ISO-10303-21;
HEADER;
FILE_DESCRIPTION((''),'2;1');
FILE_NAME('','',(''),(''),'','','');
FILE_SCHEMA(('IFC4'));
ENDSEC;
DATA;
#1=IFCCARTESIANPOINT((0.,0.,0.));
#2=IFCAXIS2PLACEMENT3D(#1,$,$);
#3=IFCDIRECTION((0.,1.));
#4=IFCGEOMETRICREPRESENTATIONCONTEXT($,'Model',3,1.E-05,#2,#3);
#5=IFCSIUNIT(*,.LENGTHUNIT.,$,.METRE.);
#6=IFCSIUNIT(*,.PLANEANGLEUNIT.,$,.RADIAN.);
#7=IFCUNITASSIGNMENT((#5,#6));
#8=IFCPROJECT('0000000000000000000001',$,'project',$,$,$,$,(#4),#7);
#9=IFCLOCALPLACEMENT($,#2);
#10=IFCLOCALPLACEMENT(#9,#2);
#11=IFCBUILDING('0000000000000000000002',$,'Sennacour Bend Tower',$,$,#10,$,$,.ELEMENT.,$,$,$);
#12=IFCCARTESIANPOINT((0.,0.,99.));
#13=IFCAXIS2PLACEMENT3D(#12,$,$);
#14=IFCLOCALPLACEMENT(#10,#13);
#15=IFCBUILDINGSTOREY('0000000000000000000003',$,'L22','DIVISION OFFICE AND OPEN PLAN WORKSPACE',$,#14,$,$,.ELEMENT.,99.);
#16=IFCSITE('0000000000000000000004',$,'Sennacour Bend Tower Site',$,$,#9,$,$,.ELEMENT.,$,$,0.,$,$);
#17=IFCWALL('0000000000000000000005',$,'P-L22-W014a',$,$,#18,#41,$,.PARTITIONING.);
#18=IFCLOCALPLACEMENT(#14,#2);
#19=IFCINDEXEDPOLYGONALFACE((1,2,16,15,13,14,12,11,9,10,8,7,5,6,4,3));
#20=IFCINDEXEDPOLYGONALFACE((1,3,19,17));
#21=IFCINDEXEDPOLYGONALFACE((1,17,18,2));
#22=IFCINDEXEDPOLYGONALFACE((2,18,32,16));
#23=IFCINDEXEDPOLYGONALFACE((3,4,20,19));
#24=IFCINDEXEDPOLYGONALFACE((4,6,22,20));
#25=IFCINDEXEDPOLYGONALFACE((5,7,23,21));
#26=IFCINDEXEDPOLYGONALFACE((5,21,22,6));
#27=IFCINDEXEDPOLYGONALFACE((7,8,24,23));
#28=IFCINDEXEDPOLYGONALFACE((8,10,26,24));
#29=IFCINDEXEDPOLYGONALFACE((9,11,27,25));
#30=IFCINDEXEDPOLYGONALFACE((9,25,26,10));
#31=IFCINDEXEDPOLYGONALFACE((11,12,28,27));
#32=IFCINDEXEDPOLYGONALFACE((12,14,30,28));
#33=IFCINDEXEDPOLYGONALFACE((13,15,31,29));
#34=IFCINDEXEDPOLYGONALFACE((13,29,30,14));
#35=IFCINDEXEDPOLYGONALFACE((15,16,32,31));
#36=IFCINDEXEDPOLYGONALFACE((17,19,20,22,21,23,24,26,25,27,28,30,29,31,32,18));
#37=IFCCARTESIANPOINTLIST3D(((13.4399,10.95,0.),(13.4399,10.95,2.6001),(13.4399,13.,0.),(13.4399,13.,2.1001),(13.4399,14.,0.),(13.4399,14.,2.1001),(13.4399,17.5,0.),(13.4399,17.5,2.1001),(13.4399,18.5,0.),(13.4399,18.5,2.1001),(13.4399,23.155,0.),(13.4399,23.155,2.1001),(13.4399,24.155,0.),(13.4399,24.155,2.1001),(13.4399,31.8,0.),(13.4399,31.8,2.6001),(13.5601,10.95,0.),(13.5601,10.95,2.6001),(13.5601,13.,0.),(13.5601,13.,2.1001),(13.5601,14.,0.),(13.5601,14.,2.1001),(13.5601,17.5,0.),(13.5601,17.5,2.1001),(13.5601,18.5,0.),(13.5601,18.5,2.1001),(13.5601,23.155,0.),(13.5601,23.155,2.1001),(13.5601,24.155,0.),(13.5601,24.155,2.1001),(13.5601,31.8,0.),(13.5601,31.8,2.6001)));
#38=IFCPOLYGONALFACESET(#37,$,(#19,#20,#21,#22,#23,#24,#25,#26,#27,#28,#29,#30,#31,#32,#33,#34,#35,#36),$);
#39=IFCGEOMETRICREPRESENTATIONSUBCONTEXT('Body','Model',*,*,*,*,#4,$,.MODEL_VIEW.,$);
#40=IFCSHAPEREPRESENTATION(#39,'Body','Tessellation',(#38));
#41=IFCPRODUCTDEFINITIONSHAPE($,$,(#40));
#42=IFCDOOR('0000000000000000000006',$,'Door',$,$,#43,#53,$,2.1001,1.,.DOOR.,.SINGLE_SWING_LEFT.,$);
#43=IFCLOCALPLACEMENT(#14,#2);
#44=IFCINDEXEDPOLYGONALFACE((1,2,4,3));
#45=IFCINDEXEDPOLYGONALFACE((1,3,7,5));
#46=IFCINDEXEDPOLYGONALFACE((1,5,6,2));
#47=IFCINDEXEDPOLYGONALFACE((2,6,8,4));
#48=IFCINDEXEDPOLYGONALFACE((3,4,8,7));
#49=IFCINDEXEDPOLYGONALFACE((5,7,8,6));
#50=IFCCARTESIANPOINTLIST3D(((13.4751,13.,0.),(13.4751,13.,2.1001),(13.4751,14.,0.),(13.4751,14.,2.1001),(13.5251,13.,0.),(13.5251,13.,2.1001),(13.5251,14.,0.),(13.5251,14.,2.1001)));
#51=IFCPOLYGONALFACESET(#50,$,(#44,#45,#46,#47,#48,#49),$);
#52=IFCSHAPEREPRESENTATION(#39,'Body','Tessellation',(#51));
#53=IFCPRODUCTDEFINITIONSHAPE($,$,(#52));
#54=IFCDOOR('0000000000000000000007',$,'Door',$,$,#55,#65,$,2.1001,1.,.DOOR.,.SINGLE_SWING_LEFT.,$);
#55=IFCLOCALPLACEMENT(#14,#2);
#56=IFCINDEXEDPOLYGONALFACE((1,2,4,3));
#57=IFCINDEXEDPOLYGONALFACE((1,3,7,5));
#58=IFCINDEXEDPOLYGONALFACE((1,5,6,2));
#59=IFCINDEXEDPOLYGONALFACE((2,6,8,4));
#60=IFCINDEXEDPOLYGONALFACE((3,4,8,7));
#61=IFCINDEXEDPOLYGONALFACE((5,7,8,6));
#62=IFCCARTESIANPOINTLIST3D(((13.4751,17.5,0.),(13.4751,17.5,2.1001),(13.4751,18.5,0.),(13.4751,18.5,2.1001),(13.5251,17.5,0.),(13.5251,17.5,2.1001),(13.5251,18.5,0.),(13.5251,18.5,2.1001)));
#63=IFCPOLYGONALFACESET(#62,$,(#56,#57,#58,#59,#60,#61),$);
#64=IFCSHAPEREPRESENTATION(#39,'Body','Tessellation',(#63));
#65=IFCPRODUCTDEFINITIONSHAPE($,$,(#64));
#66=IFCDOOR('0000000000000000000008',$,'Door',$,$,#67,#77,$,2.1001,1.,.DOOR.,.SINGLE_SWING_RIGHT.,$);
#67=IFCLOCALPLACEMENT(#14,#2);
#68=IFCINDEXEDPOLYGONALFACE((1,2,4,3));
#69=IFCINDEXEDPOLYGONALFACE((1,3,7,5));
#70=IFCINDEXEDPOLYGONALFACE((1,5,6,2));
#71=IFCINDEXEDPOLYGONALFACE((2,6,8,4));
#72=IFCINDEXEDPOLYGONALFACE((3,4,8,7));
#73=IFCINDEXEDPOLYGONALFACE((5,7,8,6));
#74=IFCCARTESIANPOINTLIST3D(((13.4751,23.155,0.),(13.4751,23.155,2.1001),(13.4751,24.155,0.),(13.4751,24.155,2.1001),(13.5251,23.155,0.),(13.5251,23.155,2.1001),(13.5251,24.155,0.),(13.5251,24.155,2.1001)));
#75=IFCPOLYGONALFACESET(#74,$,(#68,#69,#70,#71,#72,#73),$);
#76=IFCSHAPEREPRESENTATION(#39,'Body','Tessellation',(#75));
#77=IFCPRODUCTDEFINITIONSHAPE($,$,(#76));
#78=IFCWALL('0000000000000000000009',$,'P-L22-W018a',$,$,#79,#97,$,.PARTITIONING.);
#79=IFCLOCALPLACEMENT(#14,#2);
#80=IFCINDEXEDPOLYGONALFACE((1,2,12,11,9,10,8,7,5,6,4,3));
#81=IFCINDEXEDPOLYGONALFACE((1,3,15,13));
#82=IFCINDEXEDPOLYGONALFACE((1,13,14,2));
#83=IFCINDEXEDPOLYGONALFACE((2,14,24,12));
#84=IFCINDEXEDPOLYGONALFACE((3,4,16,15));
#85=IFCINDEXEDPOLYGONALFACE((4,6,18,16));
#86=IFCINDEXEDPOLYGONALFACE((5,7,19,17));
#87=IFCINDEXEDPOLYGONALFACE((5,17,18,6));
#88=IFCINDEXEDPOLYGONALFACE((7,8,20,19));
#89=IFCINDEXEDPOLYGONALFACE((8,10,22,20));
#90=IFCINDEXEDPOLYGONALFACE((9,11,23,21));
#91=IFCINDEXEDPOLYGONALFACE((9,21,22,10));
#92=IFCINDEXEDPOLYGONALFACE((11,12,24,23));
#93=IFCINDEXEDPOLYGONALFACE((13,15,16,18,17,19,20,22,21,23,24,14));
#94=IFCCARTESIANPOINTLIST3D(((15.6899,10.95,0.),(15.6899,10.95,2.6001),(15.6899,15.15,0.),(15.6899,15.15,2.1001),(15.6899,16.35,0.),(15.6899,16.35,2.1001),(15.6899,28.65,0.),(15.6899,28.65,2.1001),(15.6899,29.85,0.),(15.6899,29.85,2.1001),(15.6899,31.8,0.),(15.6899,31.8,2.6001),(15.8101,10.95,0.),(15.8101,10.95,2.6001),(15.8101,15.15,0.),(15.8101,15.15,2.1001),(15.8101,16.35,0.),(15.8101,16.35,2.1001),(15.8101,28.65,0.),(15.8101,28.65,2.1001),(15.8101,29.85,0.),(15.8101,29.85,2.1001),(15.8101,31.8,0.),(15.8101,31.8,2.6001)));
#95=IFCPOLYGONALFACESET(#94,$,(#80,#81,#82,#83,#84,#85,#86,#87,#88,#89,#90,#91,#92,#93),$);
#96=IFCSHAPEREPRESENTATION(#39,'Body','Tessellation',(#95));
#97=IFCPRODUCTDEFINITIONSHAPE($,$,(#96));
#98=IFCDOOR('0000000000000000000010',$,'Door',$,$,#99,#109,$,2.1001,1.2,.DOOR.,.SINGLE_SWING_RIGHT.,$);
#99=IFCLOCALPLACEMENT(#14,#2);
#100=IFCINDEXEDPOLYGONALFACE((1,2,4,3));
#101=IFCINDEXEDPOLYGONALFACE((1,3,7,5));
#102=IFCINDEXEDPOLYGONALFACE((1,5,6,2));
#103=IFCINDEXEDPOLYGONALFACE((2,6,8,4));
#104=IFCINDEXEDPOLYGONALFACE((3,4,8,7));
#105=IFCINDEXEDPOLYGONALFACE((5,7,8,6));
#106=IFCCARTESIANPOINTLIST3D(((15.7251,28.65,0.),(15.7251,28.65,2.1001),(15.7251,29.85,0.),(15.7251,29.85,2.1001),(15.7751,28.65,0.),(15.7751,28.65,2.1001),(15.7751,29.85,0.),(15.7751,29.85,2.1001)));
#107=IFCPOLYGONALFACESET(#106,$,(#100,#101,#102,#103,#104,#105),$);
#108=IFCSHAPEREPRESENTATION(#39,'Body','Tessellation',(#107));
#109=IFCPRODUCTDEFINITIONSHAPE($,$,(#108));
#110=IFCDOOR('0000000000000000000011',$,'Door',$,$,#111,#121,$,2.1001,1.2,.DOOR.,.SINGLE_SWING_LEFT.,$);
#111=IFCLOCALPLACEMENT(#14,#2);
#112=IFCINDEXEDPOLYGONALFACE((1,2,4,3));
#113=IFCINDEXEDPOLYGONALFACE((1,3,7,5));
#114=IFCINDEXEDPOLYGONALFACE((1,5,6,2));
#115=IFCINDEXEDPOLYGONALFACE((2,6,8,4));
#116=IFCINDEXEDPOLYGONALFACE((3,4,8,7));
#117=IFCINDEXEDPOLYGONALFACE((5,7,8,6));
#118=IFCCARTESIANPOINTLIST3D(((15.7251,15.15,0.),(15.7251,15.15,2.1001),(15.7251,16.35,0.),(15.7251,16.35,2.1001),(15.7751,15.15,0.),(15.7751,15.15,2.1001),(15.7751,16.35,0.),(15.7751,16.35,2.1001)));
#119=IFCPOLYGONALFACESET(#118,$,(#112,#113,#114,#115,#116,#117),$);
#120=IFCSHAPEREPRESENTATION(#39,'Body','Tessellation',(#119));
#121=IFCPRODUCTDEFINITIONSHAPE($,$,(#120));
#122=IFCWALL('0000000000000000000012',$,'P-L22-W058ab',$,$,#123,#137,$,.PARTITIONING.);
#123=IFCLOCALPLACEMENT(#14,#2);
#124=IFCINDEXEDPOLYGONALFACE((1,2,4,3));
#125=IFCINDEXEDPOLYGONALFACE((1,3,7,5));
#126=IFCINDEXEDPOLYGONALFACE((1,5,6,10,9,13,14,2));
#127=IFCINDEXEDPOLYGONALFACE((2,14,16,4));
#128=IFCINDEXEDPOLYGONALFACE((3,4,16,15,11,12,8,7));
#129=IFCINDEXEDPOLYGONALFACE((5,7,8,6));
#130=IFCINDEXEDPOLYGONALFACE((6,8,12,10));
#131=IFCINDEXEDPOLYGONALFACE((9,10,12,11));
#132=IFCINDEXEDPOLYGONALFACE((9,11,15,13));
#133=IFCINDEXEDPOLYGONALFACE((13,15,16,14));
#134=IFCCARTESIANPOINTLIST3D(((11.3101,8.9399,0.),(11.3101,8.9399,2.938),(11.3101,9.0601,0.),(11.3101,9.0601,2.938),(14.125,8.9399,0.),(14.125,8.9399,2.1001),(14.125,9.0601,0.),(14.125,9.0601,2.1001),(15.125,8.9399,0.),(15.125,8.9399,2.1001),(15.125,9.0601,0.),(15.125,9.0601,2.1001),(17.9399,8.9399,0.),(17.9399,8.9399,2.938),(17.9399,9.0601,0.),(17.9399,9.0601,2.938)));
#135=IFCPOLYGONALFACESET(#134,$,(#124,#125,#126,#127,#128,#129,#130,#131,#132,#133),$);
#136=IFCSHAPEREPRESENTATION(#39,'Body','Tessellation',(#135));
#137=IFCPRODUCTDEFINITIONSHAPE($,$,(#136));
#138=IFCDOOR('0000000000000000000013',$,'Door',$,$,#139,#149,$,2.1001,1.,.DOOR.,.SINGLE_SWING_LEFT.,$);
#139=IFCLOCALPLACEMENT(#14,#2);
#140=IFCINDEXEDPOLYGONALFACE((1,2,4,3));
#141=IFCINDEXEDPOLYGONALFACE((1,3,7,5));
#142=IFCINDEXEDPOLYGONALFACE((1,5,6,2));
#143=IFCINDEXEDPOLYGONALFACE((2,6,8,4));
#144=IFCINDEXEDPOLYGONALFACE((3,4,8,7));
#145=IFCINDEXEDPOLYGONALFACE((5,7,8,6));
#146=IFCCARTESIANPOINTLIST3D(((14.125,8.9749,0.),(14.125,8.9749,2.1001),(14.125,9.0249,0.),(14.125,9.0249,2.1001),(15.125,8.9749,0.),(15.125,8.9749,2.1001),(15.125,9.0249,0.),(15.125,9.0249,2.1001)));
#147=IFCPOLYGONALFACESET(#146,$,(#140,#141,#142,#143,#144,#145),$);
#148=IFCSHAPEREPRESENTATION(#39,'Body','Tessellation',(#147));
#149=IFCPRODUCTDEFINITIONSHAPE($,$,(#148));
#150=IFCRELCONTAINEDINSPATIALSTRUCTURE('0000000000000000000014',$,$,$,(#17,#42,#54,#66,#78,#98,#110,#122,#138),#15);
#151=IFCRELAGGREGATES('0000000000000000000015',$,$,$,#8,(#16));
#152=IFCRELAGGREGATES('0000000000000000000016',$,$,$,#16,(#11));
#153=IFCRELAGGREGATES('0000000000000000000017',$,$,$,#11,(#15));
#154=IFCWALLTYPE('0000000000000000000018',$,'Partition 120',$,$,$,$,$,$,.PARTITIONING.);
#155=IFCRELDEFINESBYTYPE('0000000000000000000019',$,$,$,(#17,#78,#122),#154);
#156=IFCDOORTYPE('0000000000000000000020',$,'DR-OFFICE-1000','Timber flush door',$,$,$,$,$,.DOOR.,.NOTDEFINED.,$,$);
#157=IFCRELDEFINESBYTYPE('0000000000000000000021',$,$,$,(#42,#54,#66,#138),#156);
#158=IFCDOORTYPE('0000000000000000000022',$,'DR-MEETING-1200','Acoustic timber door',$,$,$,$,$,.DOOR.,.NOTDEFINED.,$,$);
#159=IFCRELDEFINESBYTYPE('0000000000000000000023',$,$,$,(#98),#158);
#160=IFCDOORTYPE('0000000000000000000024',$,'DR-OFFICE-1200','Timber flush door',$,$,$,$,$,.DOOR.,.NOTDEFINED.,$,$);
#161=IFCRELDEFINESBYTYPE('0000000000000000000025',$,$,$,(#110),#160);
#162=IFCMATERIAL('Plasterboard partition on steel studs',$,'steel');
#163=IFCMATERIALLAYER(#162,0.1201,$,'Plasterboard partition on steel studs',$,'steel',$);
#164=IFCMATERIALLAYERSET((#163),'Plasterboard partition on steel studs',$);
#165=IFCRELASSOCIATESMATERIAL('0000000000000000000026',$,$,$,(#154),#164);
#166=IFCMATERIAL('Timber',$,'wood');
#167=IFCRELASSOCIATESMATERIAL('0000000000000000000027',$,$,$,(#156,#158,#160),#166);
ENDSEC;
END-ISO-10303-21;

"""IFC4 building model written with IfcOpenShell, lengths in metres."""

from ifc_helpers import new_model, si_unit, direction, frame, frame_2d, origin, place, context, subcontext, project, spatial, rectangle, extrude, material, layer, layer_set, type_object, element, fill, save


model = new_model("IFC4")

# Units and contexts
model_context = context("Model", 3, precision=1e-05, world=origin(), true_north=direction((0.0, 1.0)))
body_context = subcontext(model_context, "Body", "Model", "MODEL_VIEW")
ifc_project = project(units=[si_unit("LENGTHUNIT", "METRE"), si_unit("PLANEANGLEUNIT", "RADIAN")], contexts=[model_context])

# Site, building, storey
site_placement = place(None, origin())
site = spatial("IfcSite", under=ifc_project, at=site_placement, Name="Sennacour Bend Tower Site", CompositionType="ELEMENT", RefElevation=0.0)
building_placement = place(site_placement, origin())
building = spatial("IfcBuilding", under=site, at=building_placement, Name="Sennacour Bend Tower", CompositionType="ELEMENT")
storey_placement = place(building_placement, frame((0.0, 0.0, 99.0)))
storey = spatial("IfcBuildingStorey", under=building, at=storey_placement, Name="L22", Description="DIVISION OFFICE AND OPEN PLAN WORKSPACE", CompositionType="ELEMENT", Elevation=99.0)

# Walls, openings, doors
ifc_material_1 = material(Name="Plasterboard partition on steel studs", Category="steel")
ifc_layer_1 = layer(ifc_material_1, 0.1201, Name="Plasterboard partition on steel studs", Category="steel")
ifc_layer_set_1 = layer_set([ifc_layer_1], Name="Plasterboard partition on steel studs")
wall_type_1 = type_object("IfcWallType", Name="Partition 120", PredefinedType="PARTITIONING", material=ifc_layer_set_1)
wall_1_placement = place(storey_placement, frame((13.5, 10.95, 0.0), z_axis=(0.0, 0.0, 1.0), x_axis=(0.0, 1.0, 0.0)))
wall_1 = element("IfcWall", 1, at=wall_1_placement, inside=storey, type_object=wall_type_1, Name="P-L22-W014a", PredefinedType="PARTITIONING", context=body_context, shape_type="SweptSolid", body=[
    extrude(rectangle(XDim=20.8501, YDim=0.1201, at=frame_2d((10.425, 0.0))), origin(), (0.0, 0.0, 1.0), 2.6001),
])
opening_1_placement = place(wall_1_placement, frame((2.05, 0.0, 0.0)))
opening_1 = element("IfcOpeningElement", 2, at=opening_1_placement, cuts=wall_1, PredefinedType="OPENING", context=body_context, shape_type="SweptSolid", body=[
    extrude(rectangle(XDim=1.0, YDim=2.1001, at=frame_2d((0.5, 1.05))), frame((0.0, 0.0701, 0.0), z_axis=(0.0, -1.0, 0.0), x_axis=(1.0, 0.0, 0.0)), (0.0, 0.0, 1.0), 0.1401),
])
opening_2_placement = place(wall_1_placement, frame((6.55, 0.0, 0.0)))
opening_2 = element("IfcOpeningElement", 3, at=opening_2_placement, cuts=wall_1, PredefinedType="OPENING", context=body_context, shape_type="SweptSolid", body=[
    extrude(rectangle(XDim=1.0, YDim=2.1001, at=frame_2d((0.5, 1.05))), frame((0.0, 0.0701, 0.0), z_axis=(0.0, -1.0, 0.0), x_axis=(1.0, 0.0, 0.0)), (0.0, 0.0, 1.0), 0.1401),
])
opening_3_placement = place(wall_1_placement, frame((12.2051, 0.0, 0.0)))
opening_3 = element("IfcOpeningElement", 4, at=opening_3_placement, cuts=wall_1, PredefinedType="OPENING", context=body_context, shape_type="SweptSolid", body=[
    extrude(rectangle(XDim=1.0, YDim=2.1001, at=frame_2d((0.5, 1.05))), frame((0.0, 0.0701, 0.0), z_axis=(0.0, -1.0, 0.0), x_axis=(1.0, 0.0, 0.0)), (0.0, 0.0, 1.0), 0.1401),
])
ifc_material_2 = material(Name="Timber", Category="wood")
door_type_1 = type_object("IfcDoorType", Name="DR-OFFICE-1000", Description="Timber flush door", OperationType="NOTDEFINED", PredefinedType="DOOR", material=ifc_material_2)
door_1_placement = place(opening_1_placement, origin())
door_1 = element("IfcDoor", 5, at=door_1_placement, inside=storey, type_object=door_type_1, Name="Door", OperationType="SINGLE_SWING_LEFT", OverallHeight=2.1001, OverallWidth=1.0, PredefinedType="DOOR", context=body_context, shape_type="SweptSolid", body=[
    extrude(rectangle(XDim=1.0, YDim=2.1001, at=frame_2d((0.5, 1.05))), frame((0.0, 0.0249, 0.0), z_axis=(0.0, -1.0, 0.0), x_axis=(1.0, 0.0, 0.0)), (0.0, 0.0, 1.0), 0.05),
])
fill(opening_1, door_1)
door_2_placement = place(opening_2_placement, origin())
door_2 = element("IfcDoor", 6, at=door_2_placement, inside=storey, type_object=door_type_1, Name="Door", OperationType="SINGLE_SWING_LEFT", OverallHeight=2.1001, OverallWidth=1.0, PredefinedType="DOOR", context=body_context, shape_type="SweptSolid", body=[
    extrude(rectangle(XDim=1.0, YDim=2.1001, at=frame_2d((0.5, 1.05))), frame((0.0, 0.0249, 0.0), z_axis=(0.0, -1.0, 0.0), x_axis=(1.0, 0.0, 0.0)), (0.0, 0.0, 1.0), 0.05),
])
fill(opening_2, door_2)
door_3_placement = place(opening_3_placement, origin())
door_3 = element("IfcDoor", 7, at=door_3_placement, inside=storey, type_object=door_type_1, Name="Door", OperationType="SINGLE_SWING_RIGHT", OverallHeight=2.1001, OverallWidth=1.0, PredefinedType="DOOR", context=body_context, shape_type="SweptSolid", body=[
    extrude(rectangle(XDim=1.0, YDim=2.1001, at=frame_2d((0.5, 1.05))), frame((0.0, 0.0249, 0.0), z_axis=(0.0, -1.0, 0.0), x_axis=(1.0, 0.0, 0.0)), (0.0, 0.0, 1.0), 0.05),
])
fill(opening_3, door_3)
wall_2_placement = place(storey_placement, frame((15.75, 10.95, 0.0), z_axis=(0.0, 0.0, 1.0), x_axis=(0.0, 1.0, 0.0)))
wall_2 = element("IfcWall", 8, at=wall_2_placement, inside=storey, type_object=wall_type_1, Name="P-L22-W018a", PredefinedType="PARTITIONING", context=body_context, shape_type="SweptSolid", body=[
    extrude(rectangle(XDim=20.8501, YDim=0.1201, at=frame_2d((10.425, 0.0))), origin(), (0.0, 0.0, 1.0), 2.6001),
])
opening_4_placement = place(wall_2_placement, frame((17.7, 0.0, 0.0)))
opening_4 = element("IfcOpeningElement", 9, at=opening_4_placement, cuts=wall_2, PredefinedType="OPENING", context=body_context, shape_type="SweptSolid", body=[
    extrude(rectangle(XDim=1.2, YDim=2.1001, at=frame_2d((0.6001, 1.05))), frame((0.0, 0.0701, 0.0), z_axis=(0.0, -1.0, 0.0), x_axis=(1.0, 0.0, 0.0)), (0.0, 0.0, 1.0), 0.1401),
])
opening_5_placement = place(wall_2_placement, frame((4.2, 0.0, 0.0)))
opening_5 = element("IfcOpeningElement", 10, at=opening_5_placement, cuts=wall_2, PredefinedType="OPENING", context=body_context, shape_type="SweptSolid", body=[
    extrude(rectangle(XDim=1.2, YDim=2.1001, at=frame_2d((0.6001, 1.05))), frame((0.0, 0.0701, 0.0), z_axis=(0.0, -1.0, 0.0), x_axis=(1.0, 0.0, 0.0)), (0.0, 0.0, 1.0), 0.1401),
])
door_type_2 = type_object("IfcDoorType", Name="DR-MEETING-1200", Description="Acoustic timber door", OperationType="NOTDEFINED", PredefinedType="DOOR", material=ifc_material_2)
door_4_placement = place(opening_4_placement, origin())
door_4 = element("IfcDoor", 11, at=door_4_placement, inside=storey, type_object=door_type_2, Name="Door", OperationType="SINGLE_SWING_RIGHT", OverallHeight=2.1001, OverallWidth=1.2, PredefinedType="DOOR", context=body_context, shape_type="SweptSolid", body=[
    extrude(rectangle(XDim=1.2, YDim=2.1001, at=frame_2d((0.6001, 1.05))), frame((0.0, 0.0249, 0.0), z_axis=(0.0, -1.0, 0.0), x_axis=(1.0, 0.0, 0.0)), (0.0, 0.0, 1.0), 0.05),
])
fill(opening_4, door_4)
door_type_3 = type_object("IfcDoorType", Name="DR-OFFICE-1200", Description="Timber flush door", OperationType="NOTDEFINED", PredefinedType="DOOR", material=ifc_material_2)
door_5_placement = place(opening_5_placement, origin())
door_5 = element("IfcDoor", 12, at=door_5_placement, inside=storey, type_object=door_type_3, Name="Door", OperationType="SINGLE_SWING_LEFT", OverallHeight=2.1001, OverallWidth=1.2, PredefinedType="DOOR", context=body_context, shape_type="SweptSolid", body=[
    extrude(rectangle(XDim=1.2, YDim=2.1001, at=frame_2d((0.6001, 1.05))), frame((0.0, 0.0249, 0.0), z_axis=(0.0, -1.0, 0.0), x_axis=(1.0, 0.0, 0.0)), (0.0, 0.0, 1.0), 0.05),
])
fill(opening_5, door_5)

# Wall, opening, door
wall_3_placement = place(storey_placement, frame((11.3101, 9.0, 0.0), z_axis=(0.0, 0.0, 1.0), x_axis=(1.0, 0.0, 0.0)))
wall_3 = element("IfcWall", 13, at=wall_3_placement, inside=storey, type_object=wall_type_1, Name="P-L22-W058ab", PredefinedType="PARTITIONING", context=body_context, shape_type="SweptSolid", body=[
    extrude(rectangle(XDim=6.6299, YDim=0.1201, at=frame_2d((3.3149, 0.0))), origin(), (0.0, 0.0, 1.0), 2.938),
])
opening_6_placement = place(wall_3_placement, frame((2.8149, 0.0, 0.0)))
opening_6 = element("IfcOpeningElement", 14, at=opening_6_placement, cuts=wall_3, PredefinedType="OPENING", context=body_context, shape_type="SweptSolid", body=[
    extrude(rectangle(XDim=1.0, YDim=2.1001, at=frame_2d((0.5, 1.05))), frame((0.0, 0.0701, 0.0), z_axis=(0.0, -1.0, 0.0), x_axis=(1.0, 0.0, 0.0)), (0.0, 0.0, 1.0), 0.1401),
])
door_6_placement = place(opening_6_placement, origin())
door_6 = element("IfcDoor", 15, at=door_6_placement, inside=storey, type_object=door_type_1, Name="Door", OperationType="SINGLE_SWING_LEFT", OverallHeight=2.1001, OverallWidth=1.0, PredefinedType="DOOR", context=body_context, shape_type="SweptSolid", body=[
    extrude(rectangle(XDim=1.0, YDim=2.1001, at=frame_2d((0.5, 1.05))), frame((0.0, 0.0249, 0.0), z_axis=(0.0, -1.0, 0.0), x_axis=(1.0, 0.0, 0.0)), (0.0, 0.0, 1.0), 0.05),
])
fill(opening_6, door_6)

save(model, "model.ifc")
